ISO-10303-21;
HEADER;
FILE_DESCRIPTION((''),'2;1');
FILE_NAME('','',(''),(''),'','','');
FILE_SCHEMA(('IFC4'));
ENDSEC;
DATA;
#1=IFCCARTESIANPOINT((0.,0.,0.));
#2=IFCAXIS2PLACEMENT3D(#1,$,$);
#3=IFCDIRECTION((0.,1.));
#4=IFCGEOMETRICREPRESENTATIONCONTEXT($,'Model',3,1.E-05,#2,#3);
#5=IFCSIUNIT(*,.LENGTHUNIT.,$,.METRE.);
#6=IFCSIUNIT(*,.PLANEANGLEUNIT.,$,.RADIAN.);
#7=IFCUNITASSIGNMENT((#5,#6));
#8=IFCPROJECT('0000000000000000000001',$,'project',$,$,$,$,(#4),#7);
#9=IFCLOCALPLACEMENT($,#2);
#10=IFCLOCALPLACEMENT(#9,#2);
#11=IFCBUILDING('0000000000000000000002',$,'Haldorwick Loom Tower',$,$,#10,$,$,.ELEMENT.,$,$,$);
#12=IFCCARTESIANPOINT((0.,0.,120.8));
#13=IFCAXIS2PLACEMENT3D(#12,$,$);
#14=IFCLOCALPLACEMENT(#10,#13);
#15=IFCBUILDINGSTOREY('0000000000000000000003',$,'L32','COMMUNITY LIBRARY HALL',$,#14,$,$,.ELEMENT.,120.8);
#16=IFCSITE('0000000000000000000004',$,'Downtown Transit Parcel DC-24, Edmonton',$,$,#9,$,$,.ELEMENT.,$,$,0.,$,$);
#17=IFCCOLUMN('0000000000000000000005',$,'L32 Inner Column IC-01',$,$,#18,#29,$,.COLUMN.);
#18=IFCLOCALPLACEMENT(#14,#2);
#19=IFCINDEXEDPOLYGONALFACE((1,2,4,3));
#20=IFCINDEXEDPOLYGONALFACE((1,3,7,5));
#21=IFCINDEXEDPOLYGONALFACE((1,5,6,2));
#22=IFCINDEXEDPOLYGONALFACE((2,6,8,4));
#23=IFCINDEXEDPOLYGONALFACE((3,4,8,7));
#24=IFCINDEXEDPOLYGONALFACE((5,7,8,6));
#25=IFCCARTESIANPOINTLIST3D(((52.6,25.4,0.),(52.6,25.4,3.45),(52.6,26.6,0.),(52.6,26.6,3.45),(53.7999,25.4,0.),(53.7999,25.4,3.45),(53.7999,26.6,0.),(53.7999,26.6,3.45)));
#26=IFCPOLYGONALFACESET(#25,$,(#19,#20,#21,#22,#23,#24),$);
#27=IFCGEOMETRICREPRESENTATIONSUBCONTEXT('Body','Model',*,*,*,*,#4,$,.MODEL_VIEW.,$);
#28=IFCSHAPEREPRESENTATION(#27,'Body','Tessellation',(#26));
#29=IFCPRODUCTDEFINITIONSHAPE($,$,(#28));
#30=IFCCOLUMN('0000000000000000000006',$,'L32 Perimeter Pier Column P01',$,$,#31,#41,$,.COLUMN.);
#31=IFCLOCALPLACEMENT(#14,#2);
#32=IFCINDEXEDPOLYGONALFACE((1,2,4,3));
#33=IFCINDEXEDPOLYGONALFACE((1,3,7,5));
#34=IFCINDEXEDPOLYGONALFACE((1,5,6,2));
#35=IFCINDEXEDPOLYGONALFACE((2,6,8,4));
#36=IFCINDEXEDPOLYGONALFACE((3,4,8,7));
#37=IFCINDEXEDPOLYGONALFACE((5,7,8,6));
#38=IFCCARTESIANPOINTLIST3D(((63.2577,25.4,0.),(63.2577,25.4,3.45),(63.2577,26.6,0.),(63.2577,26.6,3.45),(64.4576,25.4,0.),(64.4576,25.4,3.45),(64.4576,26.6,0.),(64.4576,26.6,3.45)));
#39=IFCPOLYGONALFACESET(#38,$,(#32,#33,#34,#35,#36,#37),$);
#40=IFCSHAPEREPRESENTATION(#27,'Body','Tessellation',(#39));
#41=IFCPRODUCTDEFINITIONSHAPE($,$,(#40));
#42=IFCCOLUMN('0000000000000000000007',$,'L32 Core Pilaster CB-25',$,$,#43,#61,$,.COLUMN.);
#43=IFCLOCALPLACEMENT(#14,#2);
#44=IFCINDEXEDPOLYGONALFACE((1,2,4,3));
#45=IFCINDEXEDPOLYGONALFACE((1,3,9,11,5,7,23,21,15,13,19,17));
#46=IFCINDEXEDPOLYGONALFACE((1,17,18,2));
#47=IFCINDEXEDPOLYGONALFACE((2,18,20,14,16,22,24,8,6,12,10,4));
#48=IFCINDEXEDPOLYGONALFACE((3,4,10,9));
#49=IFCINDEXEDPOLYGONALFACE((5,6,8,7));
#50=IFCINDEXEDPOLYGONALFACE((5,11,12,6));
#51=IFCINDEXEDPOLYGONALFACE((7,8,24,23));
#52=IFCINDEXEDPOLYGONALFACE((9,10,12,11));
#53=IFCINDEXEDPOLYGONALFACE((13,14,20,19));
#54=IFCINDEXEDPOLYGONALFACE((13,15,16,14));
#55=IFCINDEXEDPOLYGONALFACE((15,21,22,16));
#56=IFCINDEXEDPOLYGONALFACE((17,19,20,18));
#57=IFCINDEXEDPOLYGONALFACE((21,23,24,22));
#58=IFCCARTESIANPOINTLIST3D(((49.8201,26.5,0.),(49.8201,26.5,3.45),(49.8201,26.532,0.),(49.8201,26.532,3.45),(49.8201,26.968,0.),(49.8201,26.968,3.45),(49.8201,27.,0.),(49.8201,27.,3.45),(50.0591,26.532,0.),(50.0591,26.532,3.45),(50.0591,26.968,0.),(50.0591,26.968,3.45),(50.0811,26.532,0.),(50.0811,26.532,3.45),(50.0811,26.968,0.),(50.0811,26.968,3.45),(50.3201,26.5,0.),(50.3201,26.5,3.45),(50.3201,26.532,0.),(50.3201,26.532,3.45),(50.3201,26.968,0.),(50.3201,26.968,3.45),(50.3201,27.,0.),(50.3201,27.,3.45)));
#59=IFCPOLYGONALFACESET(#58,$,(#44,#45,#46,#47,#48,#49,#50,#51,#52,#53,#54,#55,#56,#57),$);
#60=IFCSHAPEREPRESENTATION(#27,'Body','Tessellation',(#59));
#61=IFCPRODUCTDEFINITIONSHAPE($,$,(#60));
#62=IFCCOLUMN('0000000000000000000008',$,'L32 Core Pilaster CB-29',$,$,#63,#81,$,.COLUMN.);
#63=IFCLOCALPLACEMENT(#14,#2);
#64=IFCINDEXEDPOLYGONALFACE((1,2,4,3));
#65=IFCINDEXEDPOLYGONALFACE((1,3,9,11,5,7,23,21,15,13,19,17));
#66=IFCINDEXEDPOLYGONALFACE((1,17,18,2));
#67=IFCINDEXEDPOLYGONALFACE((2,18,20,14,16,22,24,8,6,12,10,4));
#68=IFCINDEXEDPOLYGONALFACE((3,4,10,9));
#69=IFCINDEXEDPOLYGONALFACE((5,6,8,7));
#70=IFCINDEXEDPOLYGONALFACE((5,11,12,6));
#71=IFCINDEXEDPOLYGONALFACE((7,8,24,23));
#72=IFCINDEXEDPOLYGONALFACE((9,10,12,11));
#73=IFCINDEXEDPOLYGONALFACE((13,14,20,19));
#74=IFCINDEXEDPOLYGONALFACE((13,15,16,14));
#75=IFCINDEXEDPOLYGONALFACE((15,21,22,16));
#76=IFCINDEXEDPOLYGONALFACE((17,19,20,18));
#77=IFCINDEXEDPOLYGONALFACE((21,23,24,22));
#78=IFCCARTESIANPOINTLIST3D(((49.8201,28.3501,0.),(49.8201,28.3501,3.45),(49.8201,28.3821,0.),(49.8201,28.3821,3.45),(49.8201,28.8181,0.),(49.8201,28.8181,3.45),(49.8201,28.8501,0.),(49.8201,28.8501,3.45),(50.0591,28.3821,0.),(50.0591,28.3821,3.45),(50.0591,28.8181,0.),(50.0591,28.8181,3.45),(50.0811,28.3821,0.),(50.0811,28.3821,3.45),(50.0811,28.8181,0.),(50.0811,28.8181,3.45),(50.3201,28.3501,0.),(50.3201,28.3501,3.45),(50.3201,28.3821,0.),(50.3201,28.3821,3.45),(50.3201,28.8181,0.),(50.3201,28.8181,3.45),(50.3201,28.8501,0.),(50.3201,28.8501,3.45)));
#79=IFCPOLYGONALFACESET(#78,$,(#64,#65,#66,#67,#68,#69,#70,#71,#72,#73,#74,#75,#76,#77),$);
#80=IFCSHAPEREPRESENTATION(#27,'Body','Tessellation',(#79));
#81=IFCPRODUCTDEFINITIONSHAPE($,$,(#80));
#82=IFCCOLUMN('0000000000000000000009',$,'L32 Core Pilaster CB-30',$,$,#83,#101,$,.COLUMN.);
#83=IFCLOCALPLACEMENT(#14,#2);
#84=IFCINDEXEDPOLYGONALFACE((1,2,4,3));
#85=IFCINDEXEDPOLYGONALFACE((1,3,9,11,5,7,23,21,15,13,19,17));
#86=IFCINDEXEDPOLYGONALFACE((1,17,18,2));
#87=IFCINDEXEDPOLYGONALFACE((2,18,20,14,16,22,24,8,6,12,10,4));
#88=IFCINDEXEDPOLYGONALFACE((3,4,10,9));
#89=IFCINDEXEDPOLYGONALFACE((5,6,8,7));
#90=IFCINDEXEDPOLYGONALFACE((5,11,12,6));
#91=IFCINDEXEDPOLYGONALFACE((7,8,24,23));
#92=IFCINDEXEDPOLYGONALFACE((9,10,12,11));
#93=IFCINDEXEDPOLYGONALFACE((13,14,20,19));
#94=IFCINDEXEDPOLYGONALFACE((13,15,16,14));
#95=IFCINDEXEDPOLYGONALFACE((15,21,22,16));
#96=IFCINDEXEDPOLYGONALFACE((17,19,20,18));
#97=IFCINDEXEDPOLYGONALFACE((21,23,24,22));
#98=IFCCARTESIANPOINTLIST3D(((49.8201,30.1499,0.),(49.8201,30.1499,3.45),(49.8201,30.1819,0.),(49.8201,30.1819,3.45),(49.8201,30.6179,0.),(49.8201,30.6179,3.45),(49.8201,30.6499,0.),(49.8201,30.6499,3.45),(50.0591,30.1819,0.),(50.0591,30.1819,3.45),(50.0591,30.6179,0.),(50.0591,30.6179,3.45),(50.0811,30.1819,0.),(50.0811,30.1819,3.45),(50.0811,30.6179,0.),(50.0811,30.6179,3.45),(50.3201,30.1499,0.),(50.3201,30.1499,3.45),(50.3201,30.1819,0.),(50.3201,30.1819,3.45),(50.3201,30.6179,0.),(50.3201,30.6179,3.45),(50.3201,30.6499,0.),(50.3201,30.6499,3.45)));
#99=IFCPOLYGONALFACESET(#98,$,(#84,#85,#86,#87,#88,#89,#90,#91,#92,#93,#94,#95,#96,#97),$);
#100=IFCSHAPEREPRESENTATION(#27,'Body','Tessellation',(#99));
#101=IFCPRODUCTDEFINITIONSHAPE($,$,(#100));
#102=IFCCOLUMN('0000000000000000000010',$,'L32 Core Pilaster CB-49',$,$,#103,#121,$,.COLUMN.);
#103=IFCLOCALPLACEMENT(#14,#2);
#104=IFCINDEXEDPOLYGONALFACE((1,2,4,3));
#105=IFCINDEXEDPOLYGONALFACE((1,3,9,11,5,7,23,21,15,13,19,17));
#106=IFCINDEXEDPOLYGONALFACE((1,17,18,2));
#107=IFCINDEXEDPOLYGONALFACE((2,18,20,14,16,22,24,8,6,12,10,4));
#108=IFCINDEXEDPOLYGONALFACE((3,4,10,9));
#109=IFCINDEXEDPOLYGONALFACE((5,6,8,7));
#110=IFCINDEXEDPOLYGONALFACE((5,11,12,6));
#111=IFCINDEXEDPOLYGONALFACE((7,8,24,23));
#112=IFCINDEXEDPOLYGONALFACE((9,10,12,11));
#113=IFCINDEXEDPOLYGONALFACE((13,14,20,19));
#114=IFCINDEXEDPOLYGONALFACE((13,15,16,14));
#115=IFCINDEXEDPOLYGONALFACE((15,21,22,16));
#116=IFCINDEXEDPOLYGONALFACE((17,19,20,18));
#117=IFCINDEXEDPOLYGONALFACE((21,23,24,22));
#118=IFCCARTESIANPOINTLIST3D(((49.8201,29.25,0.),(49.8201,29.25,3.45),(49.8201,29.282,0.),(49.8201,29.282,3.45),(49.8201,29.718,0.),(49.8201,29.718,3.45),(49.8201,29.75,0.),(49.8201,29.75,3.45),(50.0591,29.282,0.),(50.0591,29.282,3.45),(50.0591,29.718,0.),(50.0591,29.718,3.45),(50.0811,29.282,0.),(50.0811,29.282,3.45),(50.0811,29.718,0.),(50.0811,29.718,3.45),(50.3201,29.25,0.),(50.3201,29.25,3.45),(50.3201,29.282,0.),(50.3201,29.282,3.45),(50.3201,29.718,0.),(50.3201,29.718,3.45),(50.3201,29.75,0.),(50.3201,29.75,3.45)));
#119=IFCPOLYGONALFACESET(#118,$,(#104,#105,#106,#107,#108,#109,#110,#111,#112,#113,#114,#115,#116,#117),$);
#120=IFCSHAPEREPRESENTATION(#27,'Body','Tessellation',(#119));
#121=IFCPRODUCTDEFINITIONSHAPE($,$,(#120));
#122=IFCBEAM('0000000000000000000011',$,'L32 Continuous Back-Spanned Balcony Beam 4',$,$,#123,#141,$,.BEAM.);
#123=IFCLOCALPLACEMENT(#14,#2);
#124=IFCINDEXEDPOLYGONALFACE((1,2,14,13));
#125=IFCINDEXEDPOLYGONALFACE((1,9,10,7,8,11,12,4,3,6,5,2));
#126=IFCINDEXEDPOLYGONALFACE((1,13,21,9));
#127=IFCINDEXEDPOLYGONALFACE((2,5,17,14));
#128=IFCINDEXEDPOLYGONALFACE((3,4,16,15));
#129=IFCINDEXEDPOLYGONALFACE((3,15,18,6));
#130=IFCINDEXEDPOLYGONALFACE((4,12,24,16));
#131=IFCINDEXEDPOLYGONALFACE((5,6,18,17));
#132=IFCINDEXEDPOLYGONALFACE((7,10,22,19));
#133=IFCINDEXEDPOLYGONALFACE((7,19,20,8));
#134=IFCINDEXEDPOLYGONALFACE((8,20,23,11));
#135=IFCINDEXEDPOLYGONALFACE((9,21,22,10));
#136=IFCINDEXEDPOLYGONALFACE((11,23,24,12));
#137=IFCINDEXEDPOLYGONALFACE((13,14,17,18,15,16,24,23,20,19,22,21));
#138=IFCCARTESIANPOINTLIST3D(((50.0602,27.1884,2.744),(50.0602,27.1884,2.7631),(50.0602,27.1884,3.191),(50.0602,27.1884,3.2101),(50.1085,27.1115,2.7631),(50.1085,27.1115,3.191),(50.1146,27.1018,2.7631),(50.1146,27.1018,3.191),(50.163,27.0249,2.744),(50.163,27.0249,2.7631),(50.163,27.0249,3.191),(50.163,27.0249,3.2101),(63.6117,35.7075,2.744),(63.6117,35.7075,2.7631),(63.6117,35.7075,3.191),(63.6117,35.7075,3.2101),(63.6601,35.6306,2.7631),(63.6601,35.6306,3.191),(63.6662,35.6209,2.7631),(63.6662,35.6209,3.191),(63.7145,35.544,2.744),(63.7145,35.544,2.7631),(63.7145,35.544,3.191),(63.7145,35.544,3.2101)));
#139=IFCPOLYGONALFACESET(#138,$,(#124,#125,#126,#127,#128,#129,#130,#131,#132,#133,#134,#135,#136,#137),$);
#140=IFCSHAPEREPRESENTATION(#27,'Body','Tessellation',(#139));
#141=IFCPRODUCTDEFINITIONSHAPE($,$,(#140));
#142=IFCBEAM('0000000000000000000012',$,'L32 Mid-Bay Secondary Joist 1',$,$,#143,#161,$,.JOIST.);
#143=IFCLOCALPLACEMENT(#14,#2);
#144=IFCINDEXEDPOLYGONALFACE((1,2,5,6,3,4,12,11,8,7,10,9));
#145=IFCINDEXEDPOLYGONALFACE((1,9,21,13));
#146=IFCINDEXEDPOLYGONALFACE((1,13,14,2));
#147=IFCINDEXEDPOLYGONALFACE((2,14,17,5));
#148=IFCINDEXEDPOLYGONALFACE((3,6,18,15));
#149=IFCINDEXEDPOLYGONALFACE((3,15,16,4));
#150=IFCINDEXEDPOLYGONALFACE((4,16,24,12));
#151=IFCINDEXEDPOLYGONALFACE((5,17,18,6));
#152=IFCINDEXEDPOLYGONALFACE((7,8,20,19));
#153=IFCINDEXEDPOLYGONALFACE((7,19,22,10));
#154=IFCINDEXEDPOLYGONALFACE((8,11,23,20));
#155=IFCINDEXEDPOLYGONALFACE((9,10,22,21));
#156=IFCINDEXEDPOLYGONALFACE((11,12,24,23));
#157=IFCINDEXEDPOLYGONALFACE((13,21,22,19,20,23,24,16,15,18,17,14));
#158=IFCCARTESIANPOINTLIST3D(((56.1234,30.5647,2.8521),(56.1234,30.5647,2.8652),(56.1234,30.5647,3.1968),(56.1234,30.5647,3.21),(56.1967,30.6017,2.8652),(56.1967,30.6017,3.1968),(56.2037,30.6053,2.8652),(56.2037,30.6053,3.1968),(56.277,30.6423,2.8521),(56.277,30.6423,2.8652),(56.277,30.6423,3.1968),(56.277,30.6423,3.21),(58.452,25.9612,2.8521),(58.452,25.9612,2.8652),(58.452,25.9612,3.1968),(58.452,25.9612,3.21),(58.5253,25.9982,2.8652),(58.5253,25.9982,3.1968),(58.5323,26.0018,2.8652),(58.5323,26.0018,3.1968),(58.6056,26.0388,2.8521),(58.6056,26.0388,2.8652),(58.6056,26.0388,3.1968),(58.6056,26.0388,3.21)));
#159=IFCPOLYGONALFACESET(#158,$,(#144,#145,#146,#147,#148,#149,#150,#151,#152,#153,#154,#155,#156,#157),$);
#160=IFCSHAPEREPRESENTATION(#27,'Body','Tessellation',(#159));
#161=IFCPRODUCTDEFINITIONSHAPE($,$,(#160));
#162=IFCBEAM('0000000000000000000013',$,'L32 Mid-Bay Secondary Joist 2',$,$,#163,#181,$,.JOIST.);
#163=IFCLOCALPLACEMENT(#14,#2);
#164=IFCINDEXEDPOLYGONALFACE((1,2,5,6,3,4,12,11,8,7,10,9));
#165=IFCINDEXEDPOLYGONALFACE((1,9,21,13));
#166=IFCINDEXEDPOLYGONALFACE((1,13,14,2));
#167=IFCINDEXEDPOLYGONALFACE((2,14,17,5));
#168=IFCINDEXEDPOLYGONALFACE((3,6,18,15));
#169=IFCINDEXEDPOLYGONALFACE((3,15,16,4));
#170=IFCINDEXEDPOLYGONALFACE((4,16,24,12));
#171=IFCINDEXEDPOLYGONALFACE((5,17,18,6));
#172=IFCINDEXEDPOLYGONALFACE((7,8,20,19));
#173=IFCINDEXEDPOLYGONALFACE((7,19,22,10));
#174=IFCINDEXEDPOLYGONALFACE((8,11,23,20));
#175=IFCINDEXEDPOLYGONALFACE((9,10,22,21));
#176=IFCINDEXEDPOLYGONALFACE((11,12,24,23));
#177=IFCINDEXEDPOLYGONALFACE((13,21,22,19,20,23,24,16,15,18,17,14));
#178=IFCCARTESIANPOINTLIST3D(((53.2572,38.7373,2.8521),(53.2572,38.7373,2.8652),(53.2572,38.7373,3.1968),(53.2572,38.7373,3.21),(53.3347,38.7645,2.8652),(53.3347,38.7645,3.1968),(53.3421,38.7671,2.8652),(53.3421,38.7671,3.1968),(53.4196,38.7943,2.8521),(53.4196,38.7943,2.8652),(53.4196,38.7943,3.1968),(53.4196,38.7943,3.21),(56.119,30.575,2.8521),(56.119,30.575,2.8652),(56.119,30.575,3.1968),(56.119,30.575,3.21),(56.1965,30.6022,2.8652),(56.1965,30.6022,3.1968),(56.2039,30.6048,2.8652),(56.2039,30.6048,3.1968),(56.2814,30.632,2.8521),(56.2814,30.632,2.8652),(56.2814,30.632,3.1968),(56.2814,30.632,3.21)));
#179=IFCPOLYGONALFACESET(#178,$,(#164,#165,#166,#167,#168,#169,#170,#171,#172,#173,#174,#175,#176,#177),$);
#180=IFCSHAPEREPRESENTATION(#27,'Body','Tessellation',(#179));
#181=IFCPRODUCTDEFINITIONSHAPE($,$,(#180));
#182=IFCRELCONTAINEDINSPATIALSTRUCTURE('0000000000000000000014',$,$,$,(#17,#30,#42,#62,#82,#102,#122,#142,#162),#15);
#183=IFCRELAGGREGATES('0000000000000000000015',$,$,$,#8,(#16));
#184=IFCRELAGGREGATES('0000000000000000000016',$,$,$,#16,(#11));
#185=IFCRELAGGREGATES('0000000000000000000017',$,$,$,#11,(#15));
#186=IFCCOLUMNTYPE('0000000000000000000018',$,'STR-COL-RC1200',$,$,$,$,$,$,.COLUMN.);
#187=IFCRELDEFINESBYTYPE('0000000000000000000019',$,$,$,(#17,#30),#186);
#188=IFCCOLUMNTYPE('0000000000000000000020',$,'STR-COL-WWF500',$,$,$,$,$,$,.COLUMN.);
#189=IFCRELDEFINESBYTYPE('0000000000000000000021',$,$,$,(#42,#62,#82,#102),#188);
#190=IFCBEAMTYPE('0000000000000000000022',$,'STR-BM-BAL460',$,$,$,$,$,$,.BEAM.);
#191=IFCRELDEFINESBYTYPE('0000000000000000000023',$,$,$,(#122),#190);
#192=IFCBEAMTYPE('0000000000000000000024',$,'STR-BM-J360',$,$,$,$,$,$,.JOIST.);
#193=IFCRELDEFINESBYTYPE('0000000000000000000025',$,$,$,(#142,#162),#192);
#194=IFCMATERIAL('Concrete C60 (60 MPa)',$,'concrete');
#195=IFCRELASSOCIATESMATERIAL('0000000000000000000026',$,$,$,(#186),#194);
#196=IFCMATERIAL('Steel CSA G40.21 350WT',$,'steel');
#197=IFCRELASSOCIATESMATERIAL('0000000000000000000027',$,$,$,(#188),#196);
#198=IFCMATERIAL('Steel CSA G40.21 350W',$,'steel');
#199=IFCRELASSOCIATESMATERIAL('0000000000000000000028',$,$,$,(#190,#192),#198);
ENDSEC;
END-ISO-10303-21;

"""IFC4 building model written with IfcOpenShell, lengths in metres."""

from ifc_helpers import new_model, si_unit, direction, frame, origin, origin_2d, place, context, subcontext, project, spatial, rectangle, i_section, extrude, material, material_profile, profile_set, type_object, element, save


model = new_model("IFC4")

# Units and contexts
model_context = context("Model", 3, precision=1e-05, world=origin(), true_north=direction((0.0, 1.0)))
body_context = subcontext(model_context, "Body", "Model", "MODEL_VIEW")
ifc_project = project(units=[si_unit("LENGTHUNIT", "METRE"), si_unit("PLANEANGLEUNIT", "RADIAN")], contexts=[model_context])

# Site, building, storey
site_placement = place(None, origin())
site = spatial("IfcSite", under=ifc_project, at=site_placement, Name="Downtown Transit Parcel DC-24, Edmonton", CompositionType="ELEMENT", RefElevation=0.0)
building_placement = place(site_placement, origin())
building = spatial("IfcBuilding", under=site, at=building_placement, Name="Haldorwick Loom Tower", CompositionType="ELEMENT")
storey_placement = place(building_placement, frame((0.0, 0.0, 120.8)))
storey = spatial("IfcBuildingStorey", under=building, at=storey_placement, Name="L32", Description="COMMUNITY LIBRARY HALL", CompositionType="ELEMENT", Elevation=120.8)

# Columns
ifc_material_1 = material(Name="Concrete C60 (60 MPa)", Category="concrete")
ifc_material_profile_1 = material_profile(ifc_material_1, rectangle(XDim=1.2, YDim=1.2, at=origin_2d()), Name="RC1200X1200", Category="concrete")
ifc_profile_set_1 = profile_set([ifc_material_profile_1], Name="Concrete C60 (60 MPa)")
column_type_1 = type_object("IfcColumnType", Name="STR-COL-RC1200", PredefinedType="COLUMN", material=ifc_profile_set_1)
for number, where, z_axis, x_axis, name in (
    (1, (53.2, 26.0, 0.0), (0.0, 0.0, 1.0), (1.0, 0.0, 0.0), "L32 Inner Column IC-01"),
    (2, (63.8577, 26.0, 0.0), (0.0, 0.0, 1.0), (1.0, 0.0, 0.0), "L32 Perimeter Pier Column P01"),
):
    element("IfcColumn", number, at=place(storey_placement, frame(where, z_axis=z_axis, x_axis=x_axis)), inside=storey, type_object=column_type_1, Name=name, PredefinedType="COLUMN", context=body_context, shape_type="SweptSolid", body=[
        extrude(rectangle(XDim=1.2, YDim=1.2, at=origin_2d()), origin(), (0.0, 0.0, 1.0), 3.45),
    ])
ifc_material_2 = material(Name="Steel CSA G40.21 350WT", Category="steel")
ifc_material_profile_2 = material_profile(ifc_material_2, i_section(OverallWidth=0.5, OverallDepth=0.5, WebThickness=0.022, FlangeThickness=0.032, at=origin_2d()), Name="WWF500X500", Category="steel")
ifc_profile_set_2 = profile_set([ifc_material_profile_2], Name="Steel CSA G40.21 350WT")
column_type_2 = type_object("IfcColumnType", Name="STR-COL-WWF500", PredefinedType="COLUMN", material=ifc_profile_set_2)
for number, where, z_axis, x_axis, name in (
    (3, (50.0701, 26.75, 0.0), (0.0, 0.0, 1.0), (1.0, 0.0, 0.0), "L32 Core Pilaster CB-25"),
    (4, (50.0701, 28.6001, 0.0), (0.0, 0.0, 1.0), (1.0, 0.0, 0.0), "L32 Core Pilaster CB-29"),
    (5, (50.0701, 30.3999, 0.0), (0.0, 0.0, 1.0), (1.0, 0.0, 0.0), "L32 Core Pilaster CB-30"),
    (6, (50.0701, 29.5, 0.0), (0.0, 0.0, 1.0), (1.0, 0.0, 0.0), "L32 Core Pilaster CB-49"),
):
    element("IfcColumn", number, at=place(storey_placement, frame(where, z_axis=z_axis, x_axis=x_axis)), inside=storey, type_object=column_type_2, Name=name, PredefinedType="COLUMN", context=body_context, shape_type="SweptSolid", body=[
        extrude(i_section(OverallWidth=0.5, OverallDepth=0.5, WebThickness=0.022, FlangeThickness=0.032, at=origin_2d()), origin(), (0.0, 0.0, 1.0), 3.45),
    ])

# Beams
ifc_material_3 = material(Name="Steel CSA G40.21 350W", Category="steel")
ifc_material_profile_3 = material_profile(ifc_material_3, i_section(OverallWidth=0.1931, OverallDepth=0.4661, WebThickness=0.0115, FlangeThickness=0.019, at=origin_2d()), Name="W460X97", Category="steel")
ifc_profile_set_3 = profile_set([ifc_material_profile_3], Name="Steel CSA G40.21 350W")
beam_type_1 = type_object("IfcBeamType", Name="STR-BM-BAL460", PredefinedType="BEAM", material=ifc_profile_set_3)
beam_1_placement = place(storey_placement, frame((50.1116, 27.1067, 2.9771), z_axis=(0.84661, 0.532214, 0.0), x_axis=(-0.532214, 0.84661, 0.0)))
element("IfcBeam", 7, at=beam_1_placement, inside=storey, type_object=beam_type_1, Name="L32 Continuous Back-Spanned Balcony Beam 4", PredefinedType="BEAM", context=body_context, shape_type="SweptSolid", body=[
    extrude(i_section(OverallWidth=0.1931, OverallDepth=0.4661, WebThickness=0.0115, FlangeThickness=0.019, at=origin_2d()), origin(), (0.0, 0.0, 1.0), 16.0068),
])
ifc_material_profile_4 = material_profile(ifc_material_3, i_section(OverallWidth=0.1721, OverallDepth=0.3579, WebThickness=0.0078, FlangeThickness=0.0132, at=origin_2d()), Name="W360X57", Category="steel")
ifc_profile_set_4 = profile_set([ifc_material_profile_4], Name="Steel CSA G40.21 350W")
beam_type_2 = type_object("IfcBeamType", Name="STR-BM-J360", PredefinedType="JOIST", material=ifc_profile_set_4)
beam_2_placement = place(storey_placement, frame((58.5288, 26.0, 3.031), z_axis=(-0.451373, 0.892335, 0.0), x_axis=(-0.892335, -0.451373, 0.0)))
element("IfcBeam", 8, at=beam_2_placement, inside=storey, type_object=beam_type_2, Name="L32 Mid-Bay Secondary Joist 1", PredefinedType="JOIST", context=body_context, shape_type="SweptSolid", body=[
    extrude(i_section(OverallWidth=0.1721, OverallDepth=0.3579, WebThickness=0.0078, FlangeThickness=0.0132, at=origin_2d()), origin(), (0.0, 0.0, 1.0), 5.1589),
])
beam_3_placement = place(storey_placement, frame((56.2002, 30.6035, 3.031), z_axis=(-0.330865, 0.943678, 0.0), x_axis=(-0.943678, -0.330865, 0.0)))
element("IfcBeam", 9, at=beam_3_placement, inside=storey, type_object=beam_type_2, Name="L32 Mid-Bay Secondary Joist 2", PredefinedType="JOIST", context=body_context, shape_type="SweptSolid", body=[
    extrude(i_section(OverallWidth=0.1721, OverallDepth=0.3579, WebThickness=0.0078, FlangeThickness=0.0132, at=origin_2d()), origin(), (0.0, 0.0, 1.0), 8.6494),
])

save(model, "model.ifc")
